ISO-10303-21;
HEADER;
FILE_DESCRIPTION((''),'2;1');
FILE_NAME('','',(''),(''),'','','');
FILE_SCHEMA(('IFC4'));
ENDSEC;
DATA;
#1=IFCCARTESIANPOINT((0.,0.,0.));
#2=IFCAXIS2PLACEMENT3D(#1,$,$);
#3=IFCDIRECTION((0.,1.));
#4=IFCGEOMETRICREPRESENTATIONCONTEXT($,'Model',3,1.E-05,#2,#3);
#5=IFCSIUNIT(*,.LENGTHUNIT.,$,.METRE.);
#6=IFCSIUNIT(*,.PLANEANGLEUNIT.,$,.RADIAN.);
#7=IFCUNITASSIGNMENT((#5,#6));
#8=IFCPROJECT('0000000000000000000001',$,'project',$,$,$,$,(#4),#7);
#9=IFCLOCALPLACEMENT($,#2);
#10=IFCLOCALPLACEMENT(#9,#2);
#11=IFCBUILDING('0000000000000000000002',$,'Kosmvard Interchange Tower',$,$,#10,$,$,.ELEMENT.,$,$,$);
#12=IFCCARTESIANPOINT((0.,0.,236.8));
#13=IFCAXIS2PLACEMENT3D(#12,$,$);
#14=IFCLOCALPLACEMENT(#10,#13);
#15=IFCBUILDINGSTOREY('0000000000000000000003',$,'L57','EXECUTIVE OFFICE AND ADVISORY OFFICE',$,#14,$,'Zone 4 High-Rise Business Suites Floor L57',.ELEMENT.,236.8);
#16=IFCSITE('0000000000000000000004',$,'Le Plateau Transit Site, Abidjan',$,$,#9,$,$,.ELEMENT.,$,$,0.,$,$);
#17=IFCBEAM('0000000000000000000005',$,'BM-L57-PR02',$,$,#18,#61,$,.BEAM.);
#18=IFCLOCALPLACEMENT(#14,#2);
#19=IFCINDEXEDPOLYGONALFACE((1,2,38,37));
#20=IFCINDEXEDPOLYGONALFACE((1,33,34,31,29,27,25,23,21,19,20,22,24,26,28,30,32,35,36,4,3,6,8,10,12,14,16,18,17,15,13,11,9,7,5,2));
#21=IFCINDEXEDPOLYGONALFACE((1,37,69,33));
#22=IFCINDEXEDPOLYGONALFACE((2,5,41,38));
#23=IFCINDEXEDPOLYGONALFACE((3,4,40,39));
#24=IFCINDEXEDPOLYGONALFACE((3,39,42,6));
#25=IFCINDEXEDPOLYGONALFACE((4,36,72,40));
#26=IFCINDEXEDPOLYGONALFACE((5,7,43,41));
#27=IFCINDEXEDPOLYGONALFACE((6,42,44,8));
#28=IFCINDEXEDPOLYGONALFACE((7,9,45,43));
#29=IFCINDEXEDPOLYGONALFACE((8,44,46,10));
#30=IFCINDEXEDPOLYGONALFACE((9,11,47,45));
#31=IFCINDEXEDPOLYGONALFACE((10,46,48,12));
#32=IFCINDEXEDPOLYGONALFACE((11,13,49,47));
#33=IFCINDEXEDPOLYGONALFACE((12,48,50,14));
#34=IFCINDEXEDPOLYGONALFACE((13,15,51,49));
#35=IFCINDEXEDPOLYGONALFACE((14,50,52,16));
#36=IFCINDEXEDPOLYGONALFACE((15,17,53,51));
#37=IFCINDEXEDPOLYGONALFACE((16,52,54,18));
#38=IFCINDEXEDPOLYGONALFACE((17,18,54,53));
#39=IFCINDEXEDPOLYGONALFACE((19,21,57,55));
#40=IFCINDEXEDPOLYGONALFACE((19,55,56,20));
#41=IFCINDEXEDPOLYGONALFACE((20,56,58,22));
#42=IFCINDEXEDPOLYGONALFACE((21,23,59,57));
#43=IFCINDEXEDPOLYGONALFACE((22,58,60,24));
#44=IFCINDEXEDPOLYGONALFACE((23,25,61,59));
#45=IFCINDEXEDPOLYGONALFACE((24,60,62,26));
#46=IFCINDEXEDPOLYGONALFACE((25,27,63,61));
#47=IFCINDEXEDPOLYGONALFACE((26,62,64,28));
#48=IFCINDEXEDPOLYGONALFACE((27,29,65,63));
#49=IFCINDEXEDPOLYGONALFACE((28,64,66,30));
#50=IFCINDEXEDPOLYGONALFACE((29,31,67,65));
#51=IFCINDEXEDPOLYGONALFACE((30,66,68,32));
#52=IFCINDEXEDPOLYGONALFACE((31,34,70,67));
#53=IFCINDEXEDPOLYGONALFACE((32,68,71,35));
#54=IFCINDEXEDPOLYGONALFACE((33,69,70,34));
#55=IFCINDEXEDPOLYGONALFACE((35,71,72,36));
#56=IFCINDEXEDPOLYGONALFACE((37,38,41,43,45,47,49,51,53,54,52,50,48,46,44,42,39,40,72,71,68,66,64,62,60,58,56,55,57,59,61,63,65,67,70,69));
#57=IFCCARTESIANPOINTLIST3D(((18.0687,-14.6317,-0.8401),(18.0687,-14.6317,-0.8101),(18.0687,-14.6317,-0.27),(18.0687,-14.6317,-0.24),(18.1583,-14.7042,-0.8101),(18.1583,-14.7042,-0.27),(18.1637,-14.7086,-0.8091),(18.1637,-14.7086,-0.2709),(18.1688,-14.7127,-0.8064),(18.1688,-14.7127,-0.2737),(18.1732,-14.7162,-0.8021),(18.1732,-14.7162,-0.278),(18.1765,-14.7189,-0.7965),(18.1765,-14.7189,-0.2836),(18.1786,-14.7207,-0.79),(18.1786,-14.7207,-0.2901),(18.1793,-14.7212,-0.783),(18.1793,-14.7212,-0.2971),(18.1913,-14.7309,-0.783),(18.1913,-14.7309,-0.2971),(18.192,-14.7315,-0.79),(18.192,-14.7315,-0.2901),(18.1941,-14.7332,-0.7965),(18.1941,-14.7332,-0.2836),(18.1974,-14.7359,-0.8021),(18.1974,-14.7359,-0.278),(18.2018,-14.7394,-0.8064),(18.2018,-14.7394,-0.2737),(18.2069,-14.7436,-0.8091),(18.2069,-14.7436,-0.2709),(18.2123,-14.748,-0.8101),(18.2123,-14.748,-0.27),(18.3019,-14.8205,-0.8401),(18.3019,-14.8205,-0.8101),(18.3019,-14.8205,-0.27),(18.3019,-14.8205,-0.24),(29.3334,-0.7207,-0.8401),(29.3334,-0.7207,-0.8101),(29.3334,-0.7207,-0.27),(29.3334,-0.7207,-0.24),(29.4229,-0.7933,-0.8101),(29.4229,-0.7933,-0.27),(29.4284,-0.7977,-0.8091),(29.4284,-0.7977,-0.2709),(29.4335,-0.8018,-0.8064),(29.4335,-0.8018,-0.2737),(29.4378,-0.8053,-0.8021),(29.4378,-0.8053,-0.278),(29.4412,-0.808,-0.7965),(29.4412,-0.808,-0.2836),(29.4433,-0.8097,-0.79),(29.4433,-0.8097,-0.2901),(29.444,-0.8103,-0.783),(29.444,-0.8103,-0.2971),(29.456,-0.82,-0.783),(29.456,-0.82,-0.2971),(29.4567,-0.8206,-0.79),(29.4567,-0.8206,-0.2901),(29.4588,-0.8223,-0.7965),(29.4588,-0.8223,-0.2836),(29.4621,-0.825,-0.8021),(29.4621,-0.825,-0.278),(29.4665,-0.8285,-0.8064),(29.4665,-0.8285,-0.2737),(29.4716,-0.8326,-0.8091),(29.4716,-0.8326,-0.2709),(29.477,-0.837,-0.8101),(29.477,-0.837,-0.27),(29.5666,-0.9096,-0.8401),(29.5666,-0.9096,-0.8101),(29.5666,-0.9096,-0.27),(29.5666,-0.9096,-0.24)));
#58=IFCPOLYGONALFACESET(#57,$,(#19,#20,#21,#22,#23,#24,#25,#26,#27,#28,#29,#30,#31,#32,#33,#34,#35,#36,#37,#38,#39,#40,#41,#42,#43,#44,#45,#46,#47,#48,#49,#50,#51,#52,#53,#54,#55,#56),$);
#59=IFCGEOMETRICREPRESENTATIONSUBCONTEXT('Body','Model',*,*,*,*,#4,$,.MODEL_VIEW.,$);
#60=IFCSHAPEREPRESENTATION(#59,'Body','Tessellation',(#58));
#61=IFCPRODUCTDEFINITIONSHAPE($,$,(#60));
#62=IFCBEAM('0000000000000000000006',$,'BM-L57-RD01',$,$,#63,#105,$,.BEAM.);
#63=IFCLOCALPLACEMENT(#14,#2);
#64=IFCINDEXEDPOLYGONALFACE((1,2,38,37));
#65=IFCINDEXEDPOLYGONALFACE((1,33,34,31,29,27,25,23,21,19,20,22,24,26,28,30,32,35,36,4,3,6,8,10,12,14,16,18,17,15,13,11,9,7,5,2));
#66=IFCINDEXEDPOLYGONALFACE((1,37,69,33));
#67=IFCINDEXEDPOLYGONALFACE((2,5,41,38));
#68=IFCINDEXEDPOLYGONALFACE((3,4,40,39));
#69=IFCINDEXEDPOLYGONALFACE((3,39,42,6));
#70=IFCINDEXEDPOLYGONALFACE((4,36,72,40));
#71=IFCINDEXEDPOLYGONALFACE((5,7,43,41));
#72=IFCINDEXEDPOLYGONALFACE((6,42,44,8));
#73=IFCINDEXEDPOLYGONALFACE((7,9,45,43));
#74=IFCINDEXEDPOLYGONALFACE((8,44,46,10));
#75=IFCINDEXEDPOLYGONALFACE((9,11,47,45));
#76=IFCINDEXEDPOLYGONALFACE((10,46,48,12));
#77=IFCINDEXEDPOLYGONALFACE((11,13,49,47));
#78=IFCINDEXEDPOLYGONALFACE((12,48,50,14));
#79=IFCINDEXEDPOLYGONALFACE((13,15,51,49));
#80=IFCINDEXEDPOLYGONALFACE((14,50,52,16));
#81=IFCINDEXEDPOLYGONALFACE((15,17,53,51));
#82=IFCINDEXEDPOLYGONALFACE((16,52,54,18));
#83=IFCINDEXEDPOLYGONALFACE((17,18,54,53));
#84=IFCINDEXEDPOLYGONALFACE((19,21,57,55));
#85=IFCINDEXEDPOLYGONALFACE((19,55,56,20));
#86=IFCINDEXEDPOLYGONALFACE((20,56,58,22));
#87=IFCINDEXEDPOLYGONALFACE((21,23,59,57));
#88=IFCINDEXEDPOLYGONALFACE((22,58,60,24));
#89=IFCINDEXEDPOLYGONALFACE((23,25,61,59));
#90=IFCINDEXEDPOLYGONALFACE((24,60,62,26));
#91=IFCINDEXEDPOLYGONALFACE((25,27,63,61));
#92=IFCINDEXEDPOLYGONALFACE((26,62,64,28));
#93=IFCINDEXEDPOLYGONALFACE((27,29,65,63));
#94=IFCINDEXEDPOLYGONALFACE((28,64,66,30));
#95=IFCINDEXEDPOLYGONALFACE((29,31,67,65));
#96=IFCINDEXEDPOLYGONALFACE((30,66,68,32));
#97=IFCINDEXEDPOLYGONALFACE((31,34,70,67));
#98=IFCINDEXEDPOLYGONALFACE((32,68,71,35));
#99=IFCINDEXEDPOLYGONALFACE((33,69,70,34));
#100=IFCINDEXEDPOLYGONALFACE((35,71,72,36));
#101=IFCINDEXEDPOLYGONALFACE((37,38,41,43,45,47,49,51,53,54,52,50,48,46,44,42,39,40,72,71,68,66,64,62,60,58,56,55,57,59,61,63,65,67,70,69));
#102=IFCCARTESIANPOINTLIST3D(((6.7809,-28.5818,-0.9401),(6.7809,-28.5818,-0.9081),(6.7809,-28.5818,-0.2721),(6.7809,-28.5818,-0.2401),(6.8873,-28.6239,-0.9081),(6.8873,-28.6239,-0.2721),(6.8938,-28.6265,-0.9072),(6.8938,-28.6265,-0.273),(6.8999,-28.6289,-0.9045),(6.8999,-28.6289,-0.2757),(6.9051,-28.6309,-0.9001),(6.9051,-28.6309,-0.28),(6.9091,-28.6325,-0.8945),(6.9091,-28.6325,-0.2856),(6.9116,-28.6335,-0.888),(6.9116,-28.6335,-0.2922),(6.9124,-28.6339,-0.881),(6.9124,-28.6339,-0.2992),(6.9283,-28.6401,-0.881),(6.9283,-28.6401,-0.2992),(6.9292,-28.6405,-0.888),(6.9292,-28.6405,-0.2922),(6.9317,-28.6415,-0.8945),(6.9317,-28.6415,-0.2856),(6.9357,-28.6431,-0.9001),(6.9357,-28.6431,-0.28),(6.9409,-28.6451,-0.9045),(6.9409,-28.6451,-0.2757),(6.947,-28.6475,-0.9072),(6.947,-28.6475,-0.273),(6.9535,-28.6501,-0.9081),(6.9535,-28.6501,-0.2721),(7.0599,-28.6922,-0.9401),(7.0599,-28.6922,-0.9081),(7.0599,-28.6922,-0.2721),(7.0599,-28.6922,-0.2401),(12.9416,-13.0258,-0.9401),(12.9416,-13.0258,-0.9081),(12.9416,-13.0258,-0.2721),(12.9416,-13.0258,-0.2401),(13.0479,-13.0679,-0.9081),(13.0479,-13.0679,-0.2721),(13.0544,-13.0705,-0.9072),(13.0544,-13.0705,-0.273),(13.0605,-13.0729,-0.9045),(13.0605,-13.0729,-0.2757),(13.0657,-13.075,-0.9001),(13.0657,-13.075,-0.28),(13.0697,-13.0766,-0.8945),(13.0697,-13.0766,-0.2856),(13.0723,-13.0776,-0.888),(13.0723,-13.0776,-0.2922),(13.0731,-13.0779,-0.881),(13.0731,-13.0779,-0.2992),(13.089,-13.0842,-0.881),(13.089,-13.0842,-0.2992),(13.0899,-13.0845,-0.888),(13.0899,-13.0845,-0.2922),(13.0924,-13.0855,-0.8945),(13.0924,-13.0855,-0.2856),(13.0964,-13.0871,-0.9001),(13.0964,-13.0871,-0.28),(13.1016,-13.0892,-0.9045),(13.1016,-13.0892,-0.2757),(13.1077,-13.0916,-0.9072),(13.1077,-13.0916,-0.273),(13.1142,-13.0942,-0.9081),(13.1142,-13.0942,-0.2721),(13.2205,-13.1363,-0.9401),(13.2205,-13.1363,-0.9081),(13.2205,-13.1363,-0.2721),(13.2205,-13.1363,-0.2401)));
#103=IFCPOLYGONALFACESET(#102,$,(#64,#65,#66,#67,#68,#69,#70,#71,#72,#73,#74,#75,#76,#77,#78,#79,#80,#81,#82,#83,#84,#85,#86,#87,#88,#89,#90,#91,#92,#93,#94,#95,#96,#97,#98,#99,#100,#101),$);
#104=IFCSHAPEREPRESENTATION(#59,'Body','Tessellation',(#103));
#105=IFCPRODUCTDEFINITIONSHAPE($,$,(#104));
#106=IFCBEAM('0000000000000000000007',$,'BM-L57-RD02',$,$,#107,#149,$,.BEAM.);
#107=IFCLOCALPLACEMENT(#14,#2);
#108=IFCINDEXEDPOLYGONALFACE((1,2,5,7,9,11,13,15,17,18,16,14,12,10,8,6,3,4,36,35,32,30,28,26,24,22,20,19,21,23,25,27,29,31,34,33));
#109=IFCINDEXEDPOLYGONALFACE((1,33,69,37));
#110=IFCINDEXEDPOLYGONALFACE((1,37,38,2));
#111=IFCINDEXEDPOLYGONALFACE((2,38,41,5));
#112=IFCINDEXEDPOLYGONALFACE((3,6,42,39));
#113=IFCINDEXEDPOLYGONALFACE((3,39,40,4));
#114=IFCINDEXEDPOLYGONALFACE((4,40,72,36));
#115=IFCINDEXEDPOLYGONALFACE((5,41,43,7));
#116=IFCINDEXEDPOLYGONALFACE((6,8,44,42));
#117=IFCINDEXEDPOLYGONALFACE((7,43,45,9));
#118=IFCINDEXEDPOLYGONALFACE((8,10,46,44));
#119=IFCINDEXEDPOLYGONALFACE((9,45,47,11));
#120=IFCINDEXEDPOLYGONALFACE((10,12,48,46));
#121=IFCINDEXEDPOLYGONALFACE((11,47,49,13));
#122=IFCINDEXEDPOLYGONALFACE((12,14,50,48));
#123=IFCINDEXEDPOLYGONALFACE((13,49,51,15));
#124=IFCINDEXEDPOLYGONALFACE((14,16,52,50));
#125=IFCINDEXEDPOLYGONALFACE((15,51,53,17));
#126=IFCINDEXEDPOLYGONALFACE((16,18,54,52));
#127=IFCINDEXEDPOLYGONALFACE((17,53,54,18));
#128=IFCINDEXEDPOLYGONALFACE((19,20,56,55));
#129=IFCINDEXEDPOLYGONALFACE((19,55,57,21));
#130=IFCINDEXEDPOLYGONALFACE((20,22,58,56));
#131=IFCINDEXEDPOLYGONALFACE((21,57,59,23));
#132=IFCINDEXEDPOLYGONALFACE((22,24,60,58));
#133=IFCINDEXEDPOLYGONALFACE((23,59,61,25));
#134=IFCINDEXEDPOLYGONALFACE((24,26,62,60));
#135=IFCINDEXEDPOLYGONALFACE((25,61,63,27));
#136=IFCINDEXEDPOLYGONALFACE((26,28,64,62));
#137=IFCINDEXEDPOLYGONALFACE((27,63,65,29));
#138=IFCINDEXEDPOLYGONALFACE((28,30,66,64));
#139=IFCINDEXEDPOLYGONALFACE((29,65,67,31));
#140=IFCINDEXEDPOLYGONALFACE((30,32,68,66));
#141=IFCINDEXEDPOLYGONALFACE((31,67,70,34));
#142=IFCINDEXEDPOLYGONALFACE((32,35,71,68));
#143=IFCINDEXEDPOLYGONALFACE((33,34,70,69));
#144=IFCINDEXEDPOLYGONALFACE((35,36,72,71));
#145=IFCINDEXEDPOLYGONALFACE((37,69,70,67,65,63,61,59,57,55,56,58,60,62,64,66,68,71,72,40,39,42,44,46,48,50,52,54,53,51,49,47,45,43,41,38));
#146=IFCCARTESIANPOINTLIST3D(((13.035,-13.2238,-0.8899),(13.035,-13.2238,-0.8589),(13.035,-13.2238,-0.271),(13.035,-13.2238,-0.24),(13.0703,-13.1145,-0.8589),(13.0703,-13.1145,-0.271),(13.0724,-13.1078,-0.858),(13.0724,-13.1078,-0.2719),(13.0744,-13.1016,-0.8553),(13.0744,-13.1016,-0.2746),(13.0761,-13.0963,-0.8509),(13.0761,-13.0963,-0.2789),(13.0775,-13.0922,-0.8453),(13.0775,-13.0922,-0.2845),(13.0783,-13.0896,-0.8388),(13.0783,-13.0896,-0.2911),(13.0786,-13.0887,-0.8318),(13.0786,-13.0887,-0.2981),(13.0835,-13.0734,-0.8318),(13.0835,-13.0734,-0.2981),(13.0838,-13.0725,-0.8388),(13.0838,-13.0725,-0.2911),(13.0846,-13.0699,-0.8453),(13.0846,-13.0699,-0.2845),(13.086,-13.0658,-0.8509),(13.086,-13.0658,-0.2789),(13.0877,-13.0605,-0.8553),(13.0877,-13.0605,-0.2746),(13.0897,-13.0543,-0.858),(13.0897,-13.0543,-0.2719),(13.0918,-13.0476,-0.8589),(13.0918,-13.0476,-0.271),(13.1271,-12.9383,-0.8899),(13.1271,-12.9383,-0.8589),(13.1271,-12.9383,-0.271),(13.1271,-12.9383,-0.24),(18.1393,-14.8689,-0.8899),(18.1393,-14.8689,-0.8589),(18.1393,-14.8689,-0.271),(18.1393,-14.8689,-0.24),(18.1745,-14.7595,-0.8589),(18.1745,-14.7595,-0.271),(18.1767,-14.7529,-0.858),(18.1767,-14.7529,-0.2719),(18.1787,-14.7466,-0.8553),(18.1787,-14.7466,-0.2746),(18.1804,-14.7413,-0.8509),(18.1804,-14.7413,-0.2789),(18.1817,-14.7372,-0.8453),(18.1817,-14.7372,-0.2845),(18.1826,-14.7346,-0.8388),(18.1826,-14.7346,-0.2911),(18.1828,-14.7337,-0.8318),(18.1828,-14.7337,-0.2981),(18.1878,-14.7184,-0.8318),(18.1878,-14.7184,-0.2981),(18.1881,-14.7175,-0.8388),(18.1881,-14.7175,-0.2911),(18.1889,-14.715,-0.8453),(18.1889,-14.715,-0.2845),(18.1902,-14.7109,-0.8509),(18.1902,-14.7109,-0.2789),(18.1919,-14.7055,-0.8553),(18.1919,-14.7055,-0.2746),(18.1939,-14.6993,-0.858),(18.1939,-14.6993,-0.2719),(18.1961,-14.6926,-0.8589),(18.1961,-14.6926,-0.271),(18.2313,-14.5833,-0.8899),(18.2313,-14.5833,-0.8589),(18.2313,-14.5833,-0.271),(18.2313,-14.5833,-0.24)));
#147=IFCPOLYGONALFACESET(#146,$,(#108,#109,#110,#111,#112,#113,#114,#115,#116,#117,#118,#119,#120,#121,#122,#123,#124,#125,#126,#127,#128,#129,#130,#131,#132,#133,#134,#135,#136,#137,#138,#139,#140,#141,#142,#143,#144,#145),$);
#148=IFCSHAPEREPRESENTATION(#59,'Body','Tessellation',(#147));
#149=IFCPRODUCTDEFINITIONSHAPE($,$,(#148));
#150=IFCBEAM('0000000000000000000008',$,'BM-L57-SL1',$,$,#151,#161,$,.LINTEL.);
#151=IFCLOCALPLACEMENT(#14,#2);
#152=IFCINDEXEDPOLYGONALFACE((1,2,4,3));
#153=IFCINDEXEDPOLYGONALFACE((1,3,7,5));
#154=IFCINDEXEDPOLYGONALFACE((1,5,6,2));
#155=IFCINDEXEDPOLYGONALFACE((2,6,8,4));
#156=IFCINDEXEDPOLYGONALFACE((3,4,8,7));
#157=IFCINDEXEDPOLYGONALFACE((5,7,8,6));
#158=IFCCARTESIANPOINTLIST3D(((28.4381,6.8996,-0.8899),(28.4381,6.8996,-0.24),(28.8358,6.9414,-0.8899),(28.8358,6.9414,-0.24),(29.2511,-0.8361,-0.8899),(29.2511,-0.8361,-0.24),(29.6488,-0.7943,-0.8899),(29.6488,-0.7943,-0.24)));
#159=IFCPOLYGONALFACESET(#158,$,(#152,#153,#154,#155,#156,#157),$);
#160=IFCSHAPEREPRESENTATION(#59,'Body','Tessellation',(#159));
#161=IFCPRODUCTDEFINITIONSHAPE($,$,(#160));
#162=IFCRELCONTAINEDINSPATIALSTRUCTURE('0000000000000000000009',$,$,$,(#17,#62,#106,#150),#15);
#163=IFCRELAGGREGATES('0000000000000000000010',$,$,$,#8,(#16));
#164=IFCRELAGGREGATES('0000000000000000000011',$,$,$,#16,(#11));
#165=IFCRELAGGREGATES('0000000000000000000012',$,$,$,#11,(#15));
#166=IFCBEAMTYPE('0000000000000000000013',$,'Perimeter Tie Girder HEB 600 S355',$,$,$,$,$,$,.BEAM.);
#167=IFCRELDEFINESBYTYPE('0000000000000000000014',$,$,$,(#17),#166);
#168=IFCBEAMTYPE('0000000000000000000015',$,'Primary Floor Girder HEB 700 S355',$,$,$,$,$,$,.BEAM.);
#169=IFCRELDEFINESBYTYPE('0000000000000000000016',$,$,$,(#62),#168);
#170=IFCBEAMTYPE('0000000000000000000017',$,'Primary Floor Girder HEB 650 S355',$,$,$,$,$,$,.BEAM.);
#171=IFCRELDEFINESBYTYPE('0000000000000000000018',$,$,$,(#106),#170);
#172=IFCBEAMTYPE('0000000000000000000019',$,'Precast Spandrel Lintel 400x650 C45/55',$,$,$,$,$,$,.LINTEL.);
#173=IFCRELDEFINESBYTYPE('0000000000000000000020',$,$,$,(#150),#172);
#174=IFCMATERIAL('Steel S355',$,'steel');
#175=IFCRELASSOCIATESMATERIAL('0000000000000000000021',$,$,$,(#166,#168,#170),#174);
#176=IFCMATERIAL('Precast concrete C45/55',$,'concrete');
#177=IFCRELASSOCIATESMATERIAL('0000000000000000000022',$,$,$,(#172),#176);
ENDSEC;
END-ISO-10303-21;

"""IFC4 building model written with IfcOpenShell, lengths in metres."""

from ifc_helpers import new_model, si_unit, direction, frame, origin, origin_2d, place, context, subcontext, project, spatial, rectangle, i_section, extrude, source, transform, mapped, material, material_profile, profile_set, type_object, element, save


model = new_model("IFC4")

# Units and contexts
model_context = context("Model", 3, precision=1e-05, world=origin(), true_north=direction((0.0, 1.0)))
body_context = subcontext(model_context, "Body", "Model", "MODEL_VIEW")
ifc_project = project(units=[si_unit("LENGTHUNIT", "METRE"), si_unit("PLANEANGLEUNIT", "RADIAN")], contexts=[model_context])

# Site, building, storey
site_placement = place(None, origin())
site = spatial("IfcSite", under=ifc_project, at=site_placement, Name="Le Plateau Transit Site, Abidjan", CompositionType="ELEMENT", RefElevation=0.0)
building_placement = place(site_placement, origin())
building = spatial("IfcBuilding", under=site, at=building_placement, Name="Kosmvard Interchange Tower", CompositionType="ELEMENT")
storey_placement = place(building_placement, frame((0.0, 0.0, 236.8)))
storey = spatial("IfcBuildingStorey", under=building, at=storey_placement, Name="L57", Description="EXECUTIVE OFFICE AND ADVISORY OFFICE", LongName="Zone 4 High-Rise Business Suites Floor L57", CompositionType="ELEMENT", Elevation=236.8)

# Beams
ifc_material_1 = material(Name="Steel S355", Category="steel")
ifc_material_profile_1 = material_profile(ifc_material_1, i_section(OverallWidth=0.3, OverallDepth=0.6001, WebThickness=0.0154, FlangeThickness=0.03, FilletRadius=0.0271, at=origin_2d()), Name="HEB 600")
ifc_profile_set_1 = profile_set([ifc_material_profile_1], Name="Steel S355")
beam_type_1 = type_object("IfcBeamType", Name="Perimeter Tie Girder HEB 600 S355", PredefinedType="BEAM", material=ifc_profile_set_1)
shared_shape_1 = source(origin(), body_context, "Body", "SweptSolid", [
    extrude(i_section(OverallWidth=0.3, OverallDepth=0.6001, WebThickness=0.0154, FlangeThickness=0.03, FilletRadius=0.0271, at=origin_2d()), origin(), (0.0, 0.0, 1.0), 17.8999),
])
beam_1_placement = place(storey_placement, frame((18.1853, -14.7261, -0.54), z_axis=(0.629315, 0.777151, 0.0), x_axis=(-0.777151, 0.629315, 0.0)))
element("IfcBeam", 1, at=beam_1_placement, inside=storey, type_object=beam_type_1, Name="BM-L57-PR02", PredefinedType="BEAM", context=body_context, shape_type="MappedRepresentation", body=[
    mapped(shared_shape_1, transform((0.0, 0.0, 0.0), scale=1.0)),
])
ifc_material_profile_2 = material_profile(ifc_material_1, i_section(OverallWidth=0.3, OverallDepth=0.7, WebThickness=0.0171, FlangeThickness=0.032, FilletRadius=0.0271, at=origin_2d()), Name="HEB 700")
ifc_profile_set_2 = profile_set([ifc_material_profile_2], Name="Steel S355")
beam_type_2 = type_object("IfcBeamType", Name="Primary Floor Girder HEB 700 S355", PredefinedType="BEAM", material=ifc_profile_set_2)
shared_shape_2 = source(origin(), body_context, "Body", "SweptSolid", [
    extrude(i_section(OverallWidth=0.3, OverallDepth=0.7, WebThickness=0.0171, FlangeThickness=0.032, FilletRadius=0.0271, at=origin_2d()), origin(), (0.0, 0.0, 1.0), 16.7314),
])
beam_2_placement = place(storey_placement, frame((13.0811, -13.0811, -0.5901), z_axis=(-0.368209, -0.929743, 0.0), x_axis=(0.929743, -0.368209, 0.0)))
element("IfcBeam", 2, at=beam_2_placement, inside=storey, type_object=beam_type_2, Name="BM-L57-RD01", PredefinedType="BEAM", context=body_context, shape_type="MappedRepresentation", body=[
    mapped(shared_shape_2, transform((0.0, 0.0, 0.0), scale=1.0)),
])
ifc_material_profile_3 = material_profile(ifc_material_1, i_section(OverallWidth=0.3, OverallDepth=0.6499, WebThickness=0.0161, FlangeThickness=0.031, FilletRadius=0.0271, at=origin_2d()), Name="HEB 650")
ifc_profile_set_3 = profile_set([ifc_material_profile_3], Name="Steel S355")
beam_type_3 = type_object("IfcBeamType", Name="Primary Floor Girder HEB 650 S355", PredefinedType="BEAM", material=ifc_profile_set_3)
shared_shape_3 = source(origin(), body_context, "Body", "SweptSolid", [
    extrude(i_section(OverallWidth=0.3, OverallDepth=0.6499, WebThickness=0.0161, FlangeThickness=0.031, FilletRadius=0.0271, at=origin_2d()), origin(), (0.0, 0.0, 1.0), 5.3628),
])
beam_3_placement = place(storey_placement, frame((13.0811, -13.0811, -0.5649), z_axis=(0.951791, -0.306747, 0.0), x_axis=(0.306747, 0.951791, 0.0)))
element("IfcBeam", 3, at=beam_3_placement, inside=storey, type_object=beam_type_3, Name="BM-L57-RD02", PredefinedType="BEAM", context=body_context, shape_type="MappedRepresentation", body=[
    mapped(shared_shape_3, transform((0.0, 0.0, 0.0), scale=1.0)),
])
ifc_material_2 = material(Name="Precast concrete C45/55", Category="concrete")
ifc_material_profile_4 = material_profile(ifc_material_2, rectangle(XDim=0.3999, YDim=0.6499, at=origin_2d()), Name="SL 400x650")
ifc_profile_set_4 = profile_set([ifc_material_profile_4], Name="Precast concrete C45/55")
beam_type_4 = type_object("IfcBeamType", Name="Precast Spandrel Lintel 400x650 C45/55", PredefinedType="LINTEL", material=ifc_profile_set_4)
shared_shape_4 = source(origin(), body_context, "Body", "SweptSolid", [
    extrude(rectangle(XDim=0.3999, YDim=0.6499, at=origin_2d()), origin(), (0.0, 0.0, 1.0), 7.7783),
])
beam_4_placement = place(storey_placement, frame((29.45, -0.8152, -0.5649), z_axis=(-0.104521, 0.994523, 0.0), x_axis=(-0.994523, -0.104521, 0.0)))
element("IfcBeam", 4, at=beam_4_placement, inside=storey, type_object=beam_type_4, Name="BM-L57-SL1", PredefinedType="LINTEL", context=body_context, shape_type="MappedRepresentation", body=[
    mapped(shared_shape_4, transform((0.0, 0.0, 0.0), scale=1.0)),
])

save(model, "model.ifc")
